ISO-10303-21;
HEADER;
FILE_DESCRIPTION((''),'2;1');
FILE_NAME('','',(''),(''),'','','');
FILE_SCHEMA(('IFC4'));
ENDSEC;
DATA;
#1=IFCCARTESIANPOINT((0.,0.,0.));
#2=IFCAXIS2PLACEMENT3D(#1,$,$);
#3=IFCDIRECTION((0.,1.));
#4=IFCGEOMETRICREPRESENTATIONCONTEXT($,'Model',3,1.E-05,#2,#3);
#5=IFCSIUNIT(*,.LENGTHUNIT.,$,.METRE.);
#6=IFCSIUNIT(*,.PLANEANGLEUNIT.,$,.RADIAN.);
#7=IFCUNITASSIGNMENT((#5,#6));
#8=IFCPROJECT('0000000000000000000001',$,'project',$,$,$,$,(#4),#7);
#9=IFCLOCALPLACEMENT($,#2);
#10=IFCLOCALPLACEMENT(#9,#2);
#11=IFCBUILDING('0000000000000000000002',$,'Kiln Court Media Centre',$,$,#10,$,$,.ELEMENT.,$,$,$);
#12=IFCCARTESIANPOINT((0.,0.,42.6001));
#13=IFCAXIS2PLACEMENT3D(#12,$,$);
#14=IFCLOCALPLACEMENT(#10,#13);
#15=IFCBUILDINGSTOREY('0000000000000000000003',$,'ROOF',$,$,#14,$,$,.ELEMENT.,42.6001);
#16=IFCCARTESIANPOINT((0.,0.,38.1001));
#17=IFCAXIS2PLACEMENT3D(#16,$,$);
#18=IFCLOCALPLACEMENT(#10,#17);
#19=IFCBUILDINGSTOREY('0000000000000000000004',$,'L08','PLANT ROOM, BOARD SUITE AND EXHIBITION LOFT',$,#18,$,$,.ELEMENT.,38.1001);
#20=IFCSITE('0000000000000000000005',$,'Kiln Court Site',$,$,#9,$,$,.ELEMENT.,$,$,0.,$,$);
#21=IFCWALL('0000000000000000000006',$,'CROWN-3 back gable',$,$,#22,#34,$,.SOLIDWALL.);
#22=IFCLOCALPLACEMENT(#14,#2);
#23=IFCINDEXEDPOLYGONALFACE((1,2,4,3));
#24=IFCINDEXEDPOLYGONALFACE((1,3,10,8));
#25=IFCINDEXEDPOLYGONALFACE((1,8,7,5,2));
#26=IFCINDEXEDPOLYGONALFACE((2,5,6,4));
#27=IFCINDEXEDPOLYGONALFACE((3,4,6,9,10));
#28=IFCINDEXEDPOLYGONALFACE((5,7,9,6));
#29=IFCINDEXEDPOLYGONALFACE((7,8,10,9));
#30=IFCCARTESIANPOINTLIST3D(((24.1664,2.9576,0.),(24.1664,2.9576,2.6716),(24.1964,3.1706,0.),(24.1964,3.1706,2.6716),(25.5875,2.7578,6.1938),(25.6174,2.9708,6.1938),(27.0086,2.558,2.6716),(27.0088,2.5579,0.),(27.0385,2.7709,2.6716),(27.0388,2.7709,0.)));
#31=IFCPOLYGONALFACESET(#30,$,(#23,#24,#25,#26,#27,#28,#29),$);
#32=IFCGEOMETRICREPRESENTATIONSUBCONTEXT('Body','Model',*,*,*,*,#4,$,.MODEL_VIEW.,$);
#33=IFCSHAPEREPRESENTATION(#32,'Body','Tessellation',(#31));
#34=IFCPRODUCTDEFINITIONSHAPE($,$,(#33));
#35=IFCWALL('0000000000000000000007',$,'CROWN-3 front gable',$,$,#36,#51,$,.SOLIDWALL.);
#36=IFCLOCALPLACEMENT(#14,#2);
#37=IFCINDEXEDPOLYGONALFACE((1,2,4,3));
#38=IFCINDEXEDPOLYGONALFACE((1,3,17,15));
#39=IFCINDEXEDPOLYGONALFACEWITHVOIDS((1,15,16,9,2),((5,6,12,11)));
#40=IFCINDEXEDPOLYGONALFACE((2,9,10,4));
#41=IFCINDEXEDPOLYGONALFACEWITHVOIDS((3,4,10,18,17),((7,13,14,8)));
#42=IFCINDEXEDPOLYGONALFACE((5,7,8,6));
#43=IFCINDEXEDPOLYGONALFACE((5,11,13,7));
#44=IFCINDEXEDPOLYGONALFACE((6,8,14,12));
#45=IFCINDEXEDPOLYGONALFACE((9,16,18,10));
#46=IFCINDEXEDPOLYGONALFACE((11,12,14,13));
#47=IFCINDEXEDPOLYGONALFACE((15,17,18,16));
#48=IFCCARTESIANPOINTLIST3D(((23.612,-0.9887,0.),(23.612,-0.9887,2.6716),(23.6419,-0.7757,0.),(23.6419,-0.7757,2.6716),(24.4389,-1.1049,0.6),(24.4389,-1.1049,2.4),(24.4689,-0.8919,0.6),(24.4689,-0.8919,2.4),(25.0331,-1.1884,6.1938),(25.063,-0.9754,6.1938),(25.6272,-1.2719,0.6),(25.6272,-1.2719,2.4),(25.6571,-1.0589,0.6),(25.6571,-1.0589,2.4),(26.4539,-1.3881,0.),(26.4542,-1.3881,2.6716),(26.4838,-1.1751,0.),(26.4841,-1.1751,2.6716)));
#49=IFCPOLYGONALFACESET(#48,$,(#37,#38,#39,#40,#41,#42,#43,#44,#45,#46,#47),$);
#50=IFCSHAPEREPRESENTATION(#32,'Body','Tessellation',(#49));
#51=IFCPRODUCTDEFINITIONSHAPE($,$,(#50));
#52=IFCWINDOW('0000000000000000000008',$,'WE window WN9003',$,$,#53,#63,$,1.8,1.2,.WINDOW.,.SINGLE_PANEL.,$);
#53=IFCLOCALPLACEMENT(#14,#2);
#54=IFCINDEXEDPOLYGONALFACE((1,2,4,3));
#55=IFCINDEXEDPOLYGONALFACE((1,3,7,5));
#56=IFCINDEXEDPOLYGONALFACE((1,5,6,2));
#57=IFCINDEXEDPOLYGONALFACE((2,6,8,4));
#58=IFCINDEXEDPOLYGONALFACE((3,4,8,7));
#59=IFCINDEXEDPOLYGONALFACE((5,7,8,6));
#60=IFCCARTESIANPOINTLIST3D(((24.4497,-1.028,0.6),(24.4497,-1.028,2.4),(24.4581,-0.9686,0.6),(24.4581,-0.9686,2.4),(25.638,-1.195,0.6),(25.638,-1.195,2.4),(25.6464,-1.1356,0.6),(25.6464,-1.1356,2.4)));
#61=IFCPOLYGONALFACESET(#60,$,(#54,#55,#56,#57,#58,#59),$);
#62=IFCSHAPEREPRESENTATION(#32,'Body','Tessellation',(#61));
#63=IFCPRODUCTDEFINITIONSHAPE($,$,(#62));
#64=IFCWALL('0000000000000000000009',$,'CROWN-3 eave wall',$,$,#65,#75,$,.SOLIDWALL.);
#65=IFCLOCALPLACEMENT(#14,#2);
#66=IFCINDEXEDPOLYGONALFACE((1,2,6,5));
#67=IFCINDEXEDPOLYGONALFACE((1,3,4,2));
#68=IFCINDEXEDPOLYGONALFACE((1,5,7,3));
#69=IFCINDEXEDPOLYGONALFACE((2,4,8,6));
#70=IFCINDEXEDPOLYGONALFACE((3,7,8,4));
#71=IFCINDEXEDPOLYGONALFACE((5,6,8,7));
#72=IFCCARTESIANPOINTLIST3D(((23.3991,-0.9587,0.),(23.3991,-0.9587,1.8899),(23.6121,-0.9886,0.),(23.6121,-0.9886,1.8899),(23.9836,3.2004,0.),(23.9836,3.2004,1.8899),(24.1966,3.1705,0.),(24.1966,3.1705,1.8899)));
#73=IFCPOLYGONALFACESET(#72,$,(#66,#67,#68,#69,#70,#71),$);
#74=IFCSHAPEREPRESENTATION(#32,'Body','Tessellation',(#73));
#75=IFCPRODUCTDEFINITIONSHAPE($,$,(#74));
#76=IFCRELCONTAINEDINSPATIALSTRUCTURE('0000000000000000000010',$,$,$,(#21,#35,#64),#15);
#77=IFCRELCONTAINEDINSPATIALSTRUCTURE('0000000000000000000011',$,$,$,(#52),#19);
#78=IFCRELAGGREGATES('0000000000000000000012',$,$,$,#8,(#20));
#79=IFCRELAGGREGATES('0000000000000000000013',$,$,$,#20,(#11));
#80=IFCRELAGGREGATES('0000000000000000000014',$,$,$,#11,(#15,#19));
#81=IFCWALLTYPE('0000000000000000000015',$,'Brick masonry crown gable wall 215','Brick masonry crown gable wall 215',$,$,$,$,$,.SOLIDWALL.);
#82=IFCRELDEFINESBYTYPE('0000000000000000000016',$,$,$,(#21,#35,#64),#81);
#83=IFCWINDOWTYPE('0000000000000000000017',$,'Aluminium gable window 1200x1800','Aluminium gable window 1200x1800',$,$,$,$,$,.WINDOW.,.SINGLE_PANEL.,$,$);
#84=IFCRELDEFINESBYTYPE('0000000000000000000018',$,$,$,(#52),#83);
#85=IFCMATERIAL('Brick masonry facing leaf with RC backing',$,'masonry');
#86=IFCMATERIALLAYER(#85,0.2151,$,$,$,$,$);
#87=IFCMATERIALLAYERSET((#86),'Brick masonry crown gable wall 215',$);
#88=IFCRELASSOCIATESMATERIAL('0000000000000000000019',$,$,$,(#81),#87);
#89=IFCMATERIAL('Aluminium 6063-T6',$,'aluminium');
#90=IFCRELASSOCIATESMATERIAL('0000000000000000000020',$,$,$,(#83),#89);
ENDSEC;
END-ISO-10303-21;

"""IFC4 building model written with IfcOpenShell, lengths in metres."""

from ifc_helpers import new_model, si_unit, direction, frame, frame_2d, origin, place, context, subcontext, project, spatial, polyline, rectangle, outline, extrude, material, layer, layer_set, type_object, element, fill, save


model = new_model("IFC4")

# Units and contexts
model_context = context("Model", 3, precision=1e-05, world=origin(), true_north=direction((0.0, 1.0)))
body_context = subcontext(model_context, "Body", "Model", "MODEL_VIEW")
ifc_project = project(units=[si_unit("LENGTHUNIT", "METRE"), si_unit("PLANEANGLEUNIT", "RADIAN")], contexts=[model_context])

# Site, building, storey
site_placement = place(None, origin())
site = spatial("IfcSite", under=ifc_project, at=site_placement, Name="Kiln Court Site", CompositionType="ELEMENT", RefElevation=0.0)
building_placement = place(site_placement, origin())
building = spatial("IfcBuilding", under=site, at=building_placement, Name="Kiln Court Media Centre", CompositionType="ELEMENT")
storey_1_placement = place(building_placement, frame((0.0, 0.0, 42.6001)))
storey_1 = spatial("IfcBuildingStorey", under=building, at=storey_1_placement, Name="ROOF", CompositionType="ELEMENT", Elevation=42.6001)

# Wall
ifc_material_1 = material(Name="Brick masonry facing leaf with RC backing", Category="masonry")
ifc_layer_1 = layer(ifc_material_1, 0.2151)
ifc_layer_set_1 = layer_set([ifc_layer_1], Name="Brick masonry crown gable wall 215")
wall_type = type_object("IfcWallType", Name="Brick masonry crown gable wall 215", Description="Brick masonry crown gable wall 215", PredefinedType="SOLIDWALL", material=ifc_layer_set_1)
wall_1_placement = place(storey_1_placement, frame((24.1814, 3.0642, 0.0), z_axis=(0.0, 0.0, 1.0), x_axis=(0.990258, -0.139242, 0.0)))
element("IfcWall", 1, at=wall_1_placement, inside=storey_1, type_object=wall_type, Name="CROWN-3 back gable", PredefinedType="SOLIDWALL", context=body_context, shape_type="SweptSolid", body=[
    extrude(outline(polyline([(0.0, 0.0), (2.8704, 0.0), (2.8701, 2.6716), (1.4351, 6.1938), (0.0, 2.6716), (0.0, 0.0)])), frame((0.0, 0.1074, 0.0), z_axis=(0.0, -1.0, 0.0), x_axis=(1.0, 0.0, 0.0)), (0.0, 0.0, 1.0), 0.2151),
])

# Wall, opening
wall_2_placement = place(storey_1_placement, frame((23.627, -0.8821, 0.0), z_axis=(0.0, 0.0, 1.0), x_axis=(0.990268, -0.13917, 0.0)))
wall_2 = element("IfcWall", 2, at=wall_2_placement, inside=storey_1, type_object=wall_type, Name="CROWN-3 front gable", PredefinedType="SOLIDWALL", context=body_context, shape_type="SweptSolid", body=[
    extrude(outline(polyline([(0.0, 0.0), (2.8699, 0.0), (2.8701, 2.6716), (1.4351, 6.1938), (0.0, 2.6716), (0.0, 0.0)])), frame((0.0, 0.1074, 0.0), z_axis=(0.0, -1.0, 0.0), x_axis=(1.0, 0.0, 0.0)), (0.0, 0.0, 1.0), 0.2151),
])
opening_placement = place(wall_2_placement, frame((0.835, 0.0, 0.6001)))
opening = element("IfcOpeningElement", 3, at=opening_placement, cuts=wall_2, PredefinedType="OPENING", context=body_context, shape_type="SweptSolid", body=[
    extrude(rectangle(XDim=1.2, YDim=1.8, at=frame_2d((0.6001, 0.8999))), frame((0.0, 0.1174, 0.0), z_axis=(0.0, -1.0, 0.0), x_axis=(1.0, 0.0, 0.0)), (0.0, 0.0, 1.0), 0.2351),
])

# Shared definitions
storey_2_placement = place(building_placement, frame((0.0, 0.0, 38.1001)))
storey_2 = spatial("IfcBuildingStorey", under=building, at=storey_2_placement, Name="L08", Description="PLANT ROOM, BOARD SUITE AND EXHIBITION LOFT", CompositionType="ELEMENT", Elevation=38.1001)

# Window
ifc_material_2 = material(Name="Aluminium 6063-T6", Category="aluminium")
window_type = type_object("IfcWindowType", Name="Aluminium gable window 1200x1800", Description="Aluminium gable window 1200x1800", PartitioningType="SINGLE_PANEL", PredefinedType="WINDOW", material=ifc_material_2)
window_placement = place(opening_placement, origin())
window = element("IfcWindow", 4, at=window_placement, inside=storey_2, type_object=window_type, Name="WE window WN9003", OverallHeight=1.8, OverallWidth=1.2, PartitioningType="SINGLE_PANEL", PredefinedType="WINDOW", context=body_context, shape_type="SweptSolid", body=[
    extrude(rectangle(XDim=1.2, YDim=1.8, at=frame_2d((0.6001, 0.8999))), frame((0.0, 0.03, 0.0), z_axis=(0.0, -1.0, 0.0), x_axis=(1.0, 0.0, 0.0)), (0.0, 0.0, 1.0), 0.0601),
])
fill(opening, window)

# Wall
wall_3_placement = place(storey_1_placement, frame((24.0901, 3.1855, 0.0), z_axis=(0.0, 0.0, 1.0), x_axis=(-0.139159, -0.99027, 0.0)))
element("IfcWall", 5, at=wall_3_placement, inside=storey_1, type_object=wall_type, Name="CROWN-3 eave wall", PredefinedType="SOLIDWALL", context=body_context, shape_type="SweptSolid", body=[
    extrude(rectangle(XDim=4.2, YDim=0.2151, at=frame_2d((2.1001, 0.0))), origin(), (0.0, 0.0, 1.0), 1.8899),
])

save(model, "model.ifc")
